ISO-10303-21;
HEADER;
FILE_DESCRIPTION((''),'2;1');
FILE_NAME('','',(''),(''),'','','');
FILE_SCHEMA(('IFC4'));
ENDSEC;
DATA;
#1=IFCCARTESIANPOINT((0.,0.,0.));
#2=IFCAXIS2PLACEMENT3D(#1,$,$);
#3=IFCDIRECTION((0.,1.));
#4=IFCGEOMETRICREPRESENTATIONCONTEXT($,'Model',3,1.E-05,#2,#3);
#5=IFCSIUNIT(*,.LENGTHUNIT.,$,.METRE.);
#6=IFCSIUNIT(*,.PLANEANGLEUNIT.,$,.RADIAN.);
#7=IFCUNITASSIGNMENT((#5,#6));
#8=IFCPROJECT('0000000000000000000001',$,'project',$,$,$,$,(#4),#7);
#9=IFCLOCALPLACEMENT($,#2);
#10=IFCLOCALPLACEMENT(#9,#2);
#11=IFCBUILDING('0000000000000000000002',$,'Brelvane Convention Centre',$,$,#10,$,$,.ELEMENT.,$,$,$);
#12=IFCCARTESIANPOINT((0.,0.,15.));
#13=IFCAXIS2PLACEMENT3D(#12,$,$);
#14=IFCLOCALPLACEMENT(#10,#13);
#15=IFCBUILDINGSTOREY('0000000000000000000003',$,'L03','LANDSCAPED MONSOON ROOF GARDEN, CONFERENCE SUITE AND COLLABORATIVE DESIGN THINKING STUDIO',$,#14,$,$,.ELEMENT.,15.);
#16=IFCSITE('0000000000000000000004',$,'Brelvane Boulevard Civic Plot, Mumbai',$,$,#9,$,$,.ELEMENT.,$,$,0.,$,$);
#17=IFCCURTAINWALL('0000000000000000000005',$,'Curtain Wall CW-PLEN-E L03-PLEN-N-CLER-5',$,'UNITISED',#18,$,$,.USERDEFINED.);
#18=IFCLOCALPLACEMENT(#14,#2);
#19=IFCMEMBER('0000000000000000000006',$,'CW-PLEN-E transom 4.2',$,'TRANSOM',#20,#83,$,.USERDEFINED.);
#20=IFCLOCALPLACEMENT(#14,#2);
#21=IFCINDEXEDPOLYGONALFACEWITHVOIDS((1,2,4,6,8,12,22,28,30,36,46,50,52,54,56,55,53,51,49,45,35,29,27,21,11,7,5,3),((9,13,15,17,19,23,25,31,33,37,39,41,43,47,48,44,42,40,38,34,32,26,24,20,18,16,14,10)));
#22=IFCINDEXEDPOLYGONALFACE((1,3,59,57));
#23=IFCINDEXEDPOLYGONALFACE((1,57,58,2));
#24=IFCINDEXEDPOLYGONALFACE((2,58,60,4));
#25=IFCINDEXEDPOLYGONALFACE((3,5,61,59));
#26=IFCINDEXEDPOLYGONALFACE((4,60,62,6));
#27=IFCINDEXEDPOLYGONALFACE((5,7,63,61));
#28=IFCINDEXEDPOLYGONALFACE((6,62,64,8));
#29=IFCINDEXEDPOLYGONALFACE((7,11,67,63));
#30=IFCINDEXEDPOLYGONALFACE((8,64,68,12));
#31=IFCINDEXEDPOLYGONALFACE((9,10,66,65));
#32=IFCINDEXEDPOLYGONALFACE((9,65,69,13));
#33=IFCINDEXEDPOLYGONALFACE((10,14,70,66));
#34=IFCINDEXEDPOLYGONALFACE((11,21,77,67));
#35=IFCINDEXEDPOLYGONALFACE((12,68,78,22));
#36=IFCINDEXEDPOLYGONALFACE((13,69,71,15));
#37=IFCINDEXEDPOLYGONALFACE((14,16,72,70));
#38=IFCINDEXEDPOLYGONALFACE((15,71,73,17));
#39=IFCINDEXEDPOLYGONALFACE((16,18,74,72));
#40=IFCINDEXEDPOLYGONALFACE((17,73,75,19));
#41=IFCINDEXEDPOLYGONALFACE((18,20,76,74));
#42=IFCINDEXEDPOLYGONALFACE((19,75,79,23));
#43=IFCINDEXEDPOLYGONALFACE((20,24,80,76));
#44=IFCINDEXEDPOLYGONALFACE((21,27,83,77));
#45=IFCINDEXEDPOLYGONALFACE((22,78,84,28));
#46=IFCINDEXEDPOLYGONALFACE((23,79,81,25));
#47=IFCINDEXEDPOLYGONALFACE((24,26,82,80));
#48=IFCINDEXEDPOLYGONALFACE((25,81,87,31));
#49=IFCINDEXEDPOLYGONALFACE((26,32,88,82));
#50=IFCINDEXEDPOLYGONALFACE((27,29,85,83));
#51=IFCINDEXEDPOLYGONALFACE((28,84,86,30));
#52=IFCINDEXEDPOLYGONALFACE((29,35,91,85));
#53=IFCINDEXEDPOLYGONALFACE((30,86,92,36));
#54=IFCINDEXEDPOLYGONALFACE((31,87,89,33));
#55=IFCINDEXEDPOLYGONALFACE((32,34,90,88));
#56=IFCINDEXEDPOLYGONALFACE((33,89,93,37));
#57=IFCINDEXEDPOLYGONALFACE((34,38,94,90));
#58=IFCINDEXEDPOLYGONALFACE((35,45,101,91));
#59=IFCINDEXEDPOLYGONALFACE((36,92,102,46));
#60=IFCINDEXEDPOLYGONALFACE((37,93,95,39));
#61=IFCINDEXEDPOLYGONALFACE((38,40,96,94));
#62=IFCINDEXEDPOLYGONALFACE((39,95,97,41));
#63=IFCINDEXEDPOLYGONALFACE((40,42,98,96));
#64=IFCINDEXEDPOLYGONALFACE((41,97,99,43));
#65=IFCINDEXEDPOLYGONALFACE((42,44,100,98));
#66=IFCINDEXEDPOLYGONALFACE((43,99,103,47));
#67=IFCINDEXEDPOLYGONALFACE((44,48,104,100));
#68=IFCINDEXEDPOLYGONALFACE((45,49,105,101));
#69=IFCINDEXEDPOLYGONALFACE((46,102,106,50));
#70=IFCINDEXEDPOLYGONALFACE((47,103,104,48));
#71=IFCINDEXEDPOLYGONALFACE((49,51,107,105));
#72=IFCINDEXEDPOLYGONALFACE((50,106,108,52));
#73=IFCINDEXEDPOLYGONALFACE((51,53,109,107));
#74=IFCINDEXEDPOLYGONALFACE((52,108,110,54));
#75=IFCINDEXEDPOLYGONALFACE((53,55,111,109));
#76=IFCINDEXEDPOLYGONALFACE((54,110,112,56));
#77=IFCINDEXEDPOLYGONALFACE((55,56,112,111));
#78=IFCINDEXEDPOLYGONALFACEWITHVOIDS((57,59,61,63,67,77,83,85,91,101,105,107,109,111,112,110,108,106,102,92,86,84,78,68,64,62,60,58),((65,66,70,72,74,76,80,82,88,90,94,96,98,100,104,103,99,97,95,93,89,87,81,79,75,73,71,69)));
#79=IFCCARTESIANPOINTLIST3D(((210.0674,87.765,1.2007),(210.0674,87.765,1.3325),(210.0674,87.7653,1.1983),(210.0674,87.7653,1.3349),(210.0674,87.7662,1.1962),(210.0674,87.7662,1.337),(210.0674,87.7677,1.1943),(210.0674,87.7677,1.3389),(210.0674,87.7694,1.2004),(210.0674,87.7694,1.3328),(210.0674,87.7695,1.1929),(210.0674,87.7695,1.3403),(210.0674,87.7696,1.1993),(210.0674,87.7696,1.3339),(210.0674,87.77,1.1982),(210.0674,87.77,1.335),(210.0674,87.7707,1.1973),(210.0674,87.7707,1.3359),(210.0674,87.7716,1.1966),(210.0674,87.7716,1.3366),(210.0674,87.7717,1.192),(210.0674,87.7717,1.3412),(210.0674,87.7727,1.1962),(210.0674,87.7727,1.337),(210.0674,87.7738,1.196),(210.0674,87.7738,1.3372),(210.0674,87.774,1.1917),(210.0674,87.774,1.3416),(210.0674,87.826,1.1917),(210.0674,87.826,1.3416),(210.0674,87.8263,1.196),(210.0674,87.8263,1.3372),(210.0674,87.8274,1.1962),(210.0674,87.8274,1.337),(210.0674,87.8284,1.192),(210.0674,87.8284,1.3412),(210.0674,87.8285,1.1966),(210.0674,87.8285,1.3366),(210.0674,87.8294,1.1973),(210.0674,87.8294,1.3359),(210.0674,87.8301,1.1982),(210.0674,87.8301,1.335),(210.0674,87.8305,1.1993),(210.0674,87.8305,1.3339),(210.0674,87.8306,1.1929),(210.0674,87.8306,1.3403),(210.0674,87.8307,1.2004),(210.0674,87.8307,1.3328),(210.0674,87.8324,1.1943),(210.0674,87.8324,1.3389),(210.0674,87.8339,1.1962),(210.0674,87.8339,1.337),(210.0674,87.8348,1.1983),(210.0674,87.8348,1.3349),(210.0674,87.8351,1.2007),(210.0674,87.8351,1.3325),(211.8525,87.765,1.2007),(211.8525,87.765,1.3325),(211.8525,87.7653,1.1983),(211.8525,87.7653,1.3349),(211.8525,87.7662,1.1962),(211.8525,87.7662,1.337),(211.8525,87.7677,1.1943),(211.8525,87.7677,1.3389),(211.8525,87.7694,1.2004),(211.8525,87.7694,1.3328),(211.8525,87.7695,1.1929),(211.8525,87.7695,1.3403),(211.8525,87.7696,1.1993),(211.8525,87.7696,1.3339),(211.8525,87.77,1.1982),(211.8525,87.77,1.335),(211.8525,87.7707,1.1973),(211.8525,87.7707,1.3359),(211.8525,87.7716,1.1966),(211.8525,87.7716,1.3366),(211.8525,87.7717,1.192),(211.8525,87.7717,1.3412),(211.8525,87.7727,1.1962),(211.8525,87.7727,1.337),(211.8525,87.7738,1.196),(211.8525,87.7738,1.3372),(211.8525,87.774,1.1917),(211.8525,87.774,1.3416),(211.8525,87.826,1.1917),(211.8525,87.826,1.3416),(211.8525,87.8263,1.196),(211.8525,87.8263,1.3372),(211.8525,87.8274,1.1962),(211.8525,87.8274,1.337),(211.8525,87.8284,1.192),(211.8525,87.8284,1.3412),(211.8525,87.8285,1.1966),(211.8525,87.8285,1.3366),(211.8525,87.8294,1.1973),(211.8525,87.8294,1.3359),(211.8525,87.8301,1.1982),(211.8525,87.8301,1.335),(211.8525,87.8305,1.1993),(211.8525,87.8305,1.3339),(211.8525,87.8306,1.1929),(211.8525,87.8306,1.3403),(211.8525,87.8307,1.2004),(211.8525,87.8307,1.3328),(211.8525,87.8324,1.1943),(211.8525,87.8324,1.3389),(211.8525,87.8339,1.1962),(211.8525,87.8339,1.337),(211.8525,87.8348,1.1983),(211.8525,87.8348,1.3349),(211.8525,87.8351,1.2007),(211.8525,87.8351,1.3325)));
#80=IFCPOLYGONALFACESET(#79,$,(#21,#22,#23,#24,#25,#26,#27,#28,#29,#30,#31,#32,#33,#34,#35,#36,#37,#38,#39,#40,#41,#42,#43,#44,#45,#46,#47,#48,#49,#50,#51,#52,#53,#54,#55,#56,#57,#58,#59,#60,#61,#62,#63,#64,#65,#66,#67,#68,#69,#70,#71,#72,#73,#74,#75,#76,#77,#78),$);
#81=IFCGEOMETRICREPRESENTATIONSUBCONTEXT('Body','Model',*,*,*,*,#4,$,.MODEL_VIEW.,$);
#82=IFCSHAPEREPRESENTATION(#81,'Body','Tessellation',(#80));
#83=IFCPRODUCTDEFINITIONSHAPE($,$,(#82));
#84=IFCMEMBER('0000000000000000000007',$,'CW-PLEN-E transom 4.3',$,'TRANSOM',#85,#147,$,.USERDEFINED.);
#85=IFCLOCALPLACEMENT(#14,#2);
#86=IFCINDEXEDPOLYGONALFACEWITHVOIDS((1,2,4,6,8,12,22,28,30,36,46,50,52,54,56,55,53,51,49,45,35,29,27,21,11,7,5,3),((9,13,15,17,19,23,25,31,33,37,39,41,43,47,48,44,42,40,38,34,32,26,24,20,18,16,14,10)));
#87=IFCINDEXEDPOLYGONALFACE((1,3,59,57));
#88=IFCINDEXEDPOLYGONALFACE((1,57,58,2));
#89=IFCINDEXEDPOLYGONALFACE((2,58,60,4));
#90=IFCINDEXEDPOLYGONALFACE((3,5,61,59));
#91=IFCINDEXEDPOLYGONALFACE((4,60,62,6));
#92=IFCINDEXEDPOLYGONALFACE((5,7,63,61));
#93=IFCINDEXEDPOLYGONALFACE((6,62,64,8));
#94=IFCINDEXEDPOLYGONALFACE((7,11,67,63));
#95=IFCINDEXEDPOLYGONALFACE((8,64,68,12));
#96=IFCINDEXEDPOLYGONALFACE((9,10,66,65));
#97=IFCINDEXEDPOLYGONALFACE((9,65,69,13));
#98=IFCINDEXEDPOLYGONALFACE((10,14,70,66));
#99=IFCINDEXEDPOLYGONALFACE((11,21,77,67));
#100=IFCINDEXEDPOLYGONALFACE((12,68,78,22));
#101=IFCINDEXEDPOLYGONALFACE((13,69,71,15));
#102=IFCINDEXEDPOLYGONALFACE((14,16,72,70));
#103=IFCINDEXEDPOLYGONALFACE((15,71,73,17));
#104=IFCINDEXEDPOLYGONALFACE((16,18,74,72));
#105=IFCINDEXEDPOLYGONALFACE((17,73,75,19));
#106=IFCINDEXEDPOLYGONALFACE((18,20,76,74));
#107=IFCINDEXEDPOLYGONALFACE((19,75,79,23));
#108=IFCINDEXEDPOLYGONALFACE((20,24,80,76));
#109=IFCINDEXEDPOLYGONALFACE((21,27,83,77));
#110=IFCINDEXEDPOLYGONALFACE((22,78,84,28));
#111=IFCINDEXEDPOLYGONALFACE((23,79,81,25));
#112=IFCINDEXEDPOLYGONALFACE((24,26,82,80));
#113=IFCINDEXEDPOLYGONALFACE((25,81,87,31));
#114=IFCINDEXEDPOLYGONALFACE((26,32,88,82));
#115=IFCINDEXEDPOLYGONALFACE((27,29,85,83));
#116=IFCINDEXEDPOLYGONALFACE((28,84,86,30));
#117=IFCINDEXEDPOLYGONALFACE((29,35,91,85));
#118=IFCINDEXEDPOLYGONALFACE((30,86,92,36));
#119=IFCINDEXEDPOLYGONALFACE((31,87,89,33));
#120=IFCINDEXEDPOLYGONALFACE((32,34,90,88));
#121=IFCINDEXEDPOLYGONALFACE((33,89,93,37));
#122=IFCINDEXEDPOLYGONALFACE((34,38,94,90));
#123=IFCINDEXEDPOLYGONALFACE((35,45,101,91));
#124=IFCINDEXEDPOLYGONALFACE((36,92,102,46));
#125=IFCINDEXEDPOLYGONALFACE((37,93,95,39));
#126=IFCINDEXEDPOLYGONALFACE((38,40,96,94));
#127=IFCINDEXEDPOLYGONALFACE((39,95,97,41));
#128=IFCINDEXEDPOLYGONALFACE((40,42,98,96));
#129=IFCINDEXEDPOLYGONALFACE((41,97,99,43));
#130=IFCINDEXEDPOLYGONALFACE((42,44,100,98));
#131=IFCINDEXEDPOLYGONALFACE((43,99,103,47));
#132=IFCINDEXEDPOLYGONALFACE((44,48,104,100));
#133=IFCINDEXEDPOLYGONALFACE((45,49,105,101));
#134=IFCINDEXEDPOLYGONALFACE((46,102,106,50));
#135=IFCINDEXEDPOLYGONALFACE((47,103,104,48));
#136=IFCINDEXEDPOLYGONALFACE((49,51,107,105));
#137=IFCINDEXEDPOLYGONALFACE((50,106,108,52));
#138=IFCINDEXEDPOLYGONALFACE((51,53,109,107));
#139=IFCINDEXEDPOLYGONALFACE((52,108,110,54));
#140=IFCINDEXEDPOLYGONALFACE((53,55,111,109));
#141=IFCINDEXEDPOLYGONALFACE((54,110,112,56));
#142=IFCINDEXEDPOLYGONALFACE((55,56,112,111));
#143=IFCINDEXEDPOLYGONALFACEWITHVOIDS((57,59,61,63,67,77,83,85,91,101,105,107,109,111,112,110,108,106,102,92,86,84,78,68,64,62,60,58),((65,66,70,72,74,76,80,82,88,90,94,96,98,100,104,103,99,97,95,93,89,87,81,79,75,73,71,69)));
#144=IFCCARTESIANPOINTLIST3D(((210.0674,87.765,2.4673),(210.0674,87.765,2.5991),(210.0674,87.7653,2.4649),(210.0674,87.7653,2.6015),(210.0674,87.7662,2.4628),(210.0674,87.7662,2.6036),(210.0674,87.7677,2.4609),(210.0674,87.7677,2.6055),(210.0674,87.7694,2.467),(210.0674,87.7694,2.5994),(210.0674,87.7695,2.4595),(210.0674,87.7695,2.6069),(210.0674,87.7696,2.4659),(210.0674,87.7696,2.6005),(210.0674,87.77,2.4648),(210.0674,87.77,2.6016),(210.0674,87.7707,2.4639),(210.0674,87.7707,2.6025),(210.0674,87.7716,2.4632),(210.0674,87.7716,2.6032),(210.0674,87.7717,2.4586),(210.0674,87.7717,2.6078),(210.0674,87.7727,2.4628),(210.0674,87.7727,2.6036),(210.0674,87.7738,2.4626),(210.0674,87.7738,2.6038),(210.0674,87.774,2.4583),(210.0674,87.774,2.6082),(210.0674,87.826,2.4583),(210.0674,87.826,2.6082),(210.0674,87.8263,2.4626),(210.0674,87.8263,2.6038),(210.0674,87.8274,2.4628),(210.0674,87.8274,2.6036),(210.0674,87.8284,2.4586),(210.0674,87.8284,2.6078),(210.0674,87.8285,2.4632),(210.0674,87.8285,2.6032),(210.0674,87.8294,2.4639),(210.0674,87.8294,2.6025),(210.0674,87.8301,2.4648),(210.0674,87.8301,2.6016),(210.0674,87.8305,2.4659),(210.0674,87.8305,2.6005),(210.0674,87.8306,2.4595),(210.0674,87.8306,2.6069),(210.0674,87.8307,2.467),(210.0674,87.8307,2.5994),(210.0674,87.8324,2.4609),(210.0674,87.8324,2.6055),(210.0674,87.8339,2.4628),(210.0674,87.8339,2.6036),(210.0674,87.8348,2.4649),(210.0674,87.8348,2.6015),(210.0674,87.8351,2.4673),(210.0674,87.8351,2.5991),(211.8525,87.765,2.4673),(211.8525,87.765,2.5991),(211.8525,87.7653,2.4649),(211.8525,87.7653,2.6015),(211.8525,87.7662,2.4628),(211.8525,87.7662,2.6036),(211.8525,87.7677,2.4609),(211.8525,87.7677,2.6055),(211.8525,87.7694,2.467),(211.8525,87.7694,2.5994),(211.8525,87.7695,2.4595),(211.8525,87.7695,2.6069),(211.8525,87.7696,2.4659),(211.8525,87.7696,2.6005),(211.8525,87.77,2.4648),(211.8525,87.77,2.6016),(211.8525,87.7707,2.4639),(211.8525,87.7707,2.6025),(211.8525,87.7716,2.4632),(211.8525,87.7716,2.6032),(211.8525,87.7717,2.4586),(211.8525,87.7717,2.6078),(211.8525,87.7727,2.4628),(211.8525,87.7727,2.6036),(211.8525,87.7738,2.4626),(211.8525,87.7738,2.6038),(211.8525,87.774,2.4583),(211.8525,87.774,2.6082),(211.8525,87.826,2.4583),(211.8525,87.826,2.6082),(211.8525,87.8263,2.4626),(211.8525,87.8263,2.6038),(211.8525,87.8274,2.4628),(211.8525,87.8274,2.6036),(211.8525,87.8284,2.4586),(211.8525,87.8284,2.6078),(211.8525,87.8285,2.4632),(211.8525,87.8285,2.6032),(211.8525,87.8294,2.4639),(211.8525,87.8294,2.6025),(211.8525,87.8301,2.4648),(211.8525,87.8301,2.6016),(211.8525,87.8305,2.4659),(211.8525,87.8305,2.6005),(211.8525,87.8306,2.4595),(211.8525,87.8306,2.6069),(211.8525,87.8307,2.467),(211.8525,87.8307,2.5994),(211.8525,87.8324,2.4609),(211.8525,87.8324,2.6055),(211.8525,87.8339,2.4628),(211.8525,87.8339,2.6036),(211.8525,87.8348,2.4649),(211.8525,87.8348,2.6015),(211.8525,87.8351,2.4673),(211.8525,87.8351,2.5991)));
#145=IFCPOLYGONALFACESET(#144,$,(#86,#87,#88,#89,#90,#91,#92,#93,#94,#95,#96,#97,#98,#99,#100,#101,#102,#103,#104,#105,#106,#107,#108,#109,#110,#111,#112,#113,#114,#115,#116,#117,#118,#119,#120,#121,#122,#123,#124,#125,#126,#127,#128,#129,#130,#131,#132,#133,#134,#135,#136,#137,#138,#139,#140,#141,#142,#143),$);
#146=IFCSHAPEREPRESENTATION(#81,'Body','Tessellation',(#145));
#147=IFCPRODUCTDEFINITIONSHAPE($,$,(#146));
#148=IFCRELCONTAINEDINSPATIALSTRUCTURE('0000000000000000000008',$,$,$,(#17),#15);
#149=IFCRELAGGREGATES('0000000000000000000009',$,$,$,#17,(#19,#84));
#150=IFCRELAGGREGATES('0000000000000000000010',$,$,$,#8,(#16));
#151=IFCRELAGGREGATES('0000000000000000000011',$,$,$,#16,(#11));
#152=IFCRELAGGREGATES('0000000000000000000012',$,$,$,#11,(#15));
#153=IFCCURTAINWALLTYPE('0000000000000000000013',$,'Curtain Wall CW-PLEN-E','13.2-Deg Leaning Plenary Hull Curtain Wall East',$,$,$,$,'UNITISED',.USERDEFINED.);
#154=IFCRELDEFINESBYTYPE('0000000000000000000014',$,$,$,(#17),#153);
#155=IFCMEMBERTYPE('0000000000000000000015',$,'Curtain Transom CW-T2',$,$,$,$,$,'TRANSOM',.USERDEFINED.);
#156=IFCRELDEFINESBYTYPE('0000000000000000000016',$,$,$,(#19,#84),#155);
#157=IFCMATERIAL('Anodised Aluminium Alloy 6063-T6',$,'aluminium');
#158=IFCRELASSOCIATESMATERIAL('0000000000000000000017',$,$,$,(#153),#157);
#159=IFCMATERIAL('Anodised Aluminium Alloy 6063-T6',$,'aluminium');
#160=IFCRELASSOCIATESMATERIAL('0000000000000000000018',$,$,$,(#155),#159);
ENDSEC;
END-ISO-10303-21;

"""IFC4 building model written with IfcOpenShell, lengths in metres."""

from ifc_helpers import new_model, si_unit, direction, frame, origin, origin_2d, place, context, subcontext, project, spatial, hollow_rectangle, extrude, material, material_profile, profile_set, type_object, element, aggregate, save


model = new_model("IFC4")

# Units and contexts
model_context = context("Model", 3, precision=1e-05, world=origin(), true_north=direction((0.0, 1.0)))
body_context = subcontext(model_context, "Body", "Model", "MODEL_VIEW")
ifc_project = project(units=[si_unit("LENGTHUNIT", "METRE"), si_unit("PLANEANGLEUNIT", "RADIAN")], contexts=[model_context])

# Site, building, storey
site_placement = place(None, origin())
site = spatial("IfcSite", under=ifc_project, at=site_placement, Name="Brelvane Boulevard Civic Plot, Mumbai", CompositionType="ELEMENT", RefElevation=0.0)
building_placement = place(site_placement, origin())
building = spatial("IfcBuilding", under=site, at=building_placement, Name="Brelvane Convention Centre", CompositionType="ELEMENT")
storey_placement = place(building_placement, frame((0.0, 0.0, 15.0)))
storey = spatial("IfcBuildingStorey", under=building, at=storey_placement, Name="L03", Description="LANDSCAPED MONSOON ROOF GARDEN, CONFERENCE SUITE AND COLLABORATIVE DESIGN THINKING STUDIO", CompositionType="ELEMENT", Elevation=15.0)

# Curtain wall
ifc_material_1 = material(Name="Anodised Aluminium Alloy 6063-T6", Category="aluminium")
curtain_wall_type = type_object("IfcCurtainWallType", Name="Curtain Wall CW-PLEN-E", Description="13.2-Deg Leaning Plenary Hull Curtain Wall East", ElementType="UNITISED", PredefinedType="USERDEFINED", material=ifc_material_1)
curtain_wall_1_placement = place(storey_placement, origin())
curtain_wall_1 = element("IfcCurtainWall", 1, at=curtain_wall_1_placement, inside=storey, type_object=curtain_wall_type, Name="Curtain Wall CW-PLEN-E L03-PLEN-N-CLER-5", ObjectType="UNITISED", PredefinedType="USERDEFINED")

# Members
ifc_material_2 = material(Name="Anodised Aluminium Alloy 6063-T6", Category="aluminium")
ifc_material_profile_1 = material_profile(ifc_material_2, hollow_rectangle(XDim=0.0701, YDim=0.1499, WallThickness=0.0044, InnerFilletRadius=0.0044, OuterFilletRadius=0.009, at=origin_2d()), Name="ALU-T 150x70x4.5")
ifc_profile_set_1 = profile_set([ifc_material_profile_1], Name="Anodised Aluminium Alloy 6063-T6")
member_type_1 = type_object("IfcMemberType", Name="Curtain Transom CW-T2", ElementType="TRANSOM", PredefinedType="USERDEFINED", material=ifc_profile_set_1)
member_1_placement = place(storey_placement, frame((210.0674, 87.8, 1.2666), z_axis=(1.0, 0.0, 0.0), x_axis=(0.0, 1.0, 0.0)))
member_1 = element("IfcMember", 2, at=member_1_placement, type_object=member_type_1, Name="CW-PLEN-E transom 4.2", ObjectType="TRANSOM", PredefinedType="USERDEFINED", context=body_context, shape_type="SweptSolid", body=[
    extrude(hollow_rectangle(XDim=0.0701, YDim=0.1499, WallThickness=0.0044, InnerFilletRadius=0.0044, OuterFilletRadius=0.009, at=origin_2d()), origin(), (0.0, 0.0, 1.0), 1.7852),
])
member_2_placement = place(storey_placement, frame((210.0674, 87.8, 2.5332), z_axis=(1.0, 0.0, 0.0), x_axis=(0.0, 1.0, 0.0)))
member_2 = element("IfcMember", 3, at=member_2_placement, type_object=member_type_1, Name="CW-PLEN-E transom 4.3", ObjectType="TRANSOM", PredefinedType="USERDEFINED", context=body_context, shape_type="SweptSolid", body=[
    extrude(hollow_rectangle(XDim=0.0701, YDim=0.1499, WallThickness=0.0044, InnerFilletRadius=0.0044, OuterFilletRadius=0.009, at=origin_2d()), origin(), (0.0, 0.0, 1.0), 1.7852),
])

aggregate(curtain_wall_1, [member_1, member_2])

save(model, "model.ifc")
